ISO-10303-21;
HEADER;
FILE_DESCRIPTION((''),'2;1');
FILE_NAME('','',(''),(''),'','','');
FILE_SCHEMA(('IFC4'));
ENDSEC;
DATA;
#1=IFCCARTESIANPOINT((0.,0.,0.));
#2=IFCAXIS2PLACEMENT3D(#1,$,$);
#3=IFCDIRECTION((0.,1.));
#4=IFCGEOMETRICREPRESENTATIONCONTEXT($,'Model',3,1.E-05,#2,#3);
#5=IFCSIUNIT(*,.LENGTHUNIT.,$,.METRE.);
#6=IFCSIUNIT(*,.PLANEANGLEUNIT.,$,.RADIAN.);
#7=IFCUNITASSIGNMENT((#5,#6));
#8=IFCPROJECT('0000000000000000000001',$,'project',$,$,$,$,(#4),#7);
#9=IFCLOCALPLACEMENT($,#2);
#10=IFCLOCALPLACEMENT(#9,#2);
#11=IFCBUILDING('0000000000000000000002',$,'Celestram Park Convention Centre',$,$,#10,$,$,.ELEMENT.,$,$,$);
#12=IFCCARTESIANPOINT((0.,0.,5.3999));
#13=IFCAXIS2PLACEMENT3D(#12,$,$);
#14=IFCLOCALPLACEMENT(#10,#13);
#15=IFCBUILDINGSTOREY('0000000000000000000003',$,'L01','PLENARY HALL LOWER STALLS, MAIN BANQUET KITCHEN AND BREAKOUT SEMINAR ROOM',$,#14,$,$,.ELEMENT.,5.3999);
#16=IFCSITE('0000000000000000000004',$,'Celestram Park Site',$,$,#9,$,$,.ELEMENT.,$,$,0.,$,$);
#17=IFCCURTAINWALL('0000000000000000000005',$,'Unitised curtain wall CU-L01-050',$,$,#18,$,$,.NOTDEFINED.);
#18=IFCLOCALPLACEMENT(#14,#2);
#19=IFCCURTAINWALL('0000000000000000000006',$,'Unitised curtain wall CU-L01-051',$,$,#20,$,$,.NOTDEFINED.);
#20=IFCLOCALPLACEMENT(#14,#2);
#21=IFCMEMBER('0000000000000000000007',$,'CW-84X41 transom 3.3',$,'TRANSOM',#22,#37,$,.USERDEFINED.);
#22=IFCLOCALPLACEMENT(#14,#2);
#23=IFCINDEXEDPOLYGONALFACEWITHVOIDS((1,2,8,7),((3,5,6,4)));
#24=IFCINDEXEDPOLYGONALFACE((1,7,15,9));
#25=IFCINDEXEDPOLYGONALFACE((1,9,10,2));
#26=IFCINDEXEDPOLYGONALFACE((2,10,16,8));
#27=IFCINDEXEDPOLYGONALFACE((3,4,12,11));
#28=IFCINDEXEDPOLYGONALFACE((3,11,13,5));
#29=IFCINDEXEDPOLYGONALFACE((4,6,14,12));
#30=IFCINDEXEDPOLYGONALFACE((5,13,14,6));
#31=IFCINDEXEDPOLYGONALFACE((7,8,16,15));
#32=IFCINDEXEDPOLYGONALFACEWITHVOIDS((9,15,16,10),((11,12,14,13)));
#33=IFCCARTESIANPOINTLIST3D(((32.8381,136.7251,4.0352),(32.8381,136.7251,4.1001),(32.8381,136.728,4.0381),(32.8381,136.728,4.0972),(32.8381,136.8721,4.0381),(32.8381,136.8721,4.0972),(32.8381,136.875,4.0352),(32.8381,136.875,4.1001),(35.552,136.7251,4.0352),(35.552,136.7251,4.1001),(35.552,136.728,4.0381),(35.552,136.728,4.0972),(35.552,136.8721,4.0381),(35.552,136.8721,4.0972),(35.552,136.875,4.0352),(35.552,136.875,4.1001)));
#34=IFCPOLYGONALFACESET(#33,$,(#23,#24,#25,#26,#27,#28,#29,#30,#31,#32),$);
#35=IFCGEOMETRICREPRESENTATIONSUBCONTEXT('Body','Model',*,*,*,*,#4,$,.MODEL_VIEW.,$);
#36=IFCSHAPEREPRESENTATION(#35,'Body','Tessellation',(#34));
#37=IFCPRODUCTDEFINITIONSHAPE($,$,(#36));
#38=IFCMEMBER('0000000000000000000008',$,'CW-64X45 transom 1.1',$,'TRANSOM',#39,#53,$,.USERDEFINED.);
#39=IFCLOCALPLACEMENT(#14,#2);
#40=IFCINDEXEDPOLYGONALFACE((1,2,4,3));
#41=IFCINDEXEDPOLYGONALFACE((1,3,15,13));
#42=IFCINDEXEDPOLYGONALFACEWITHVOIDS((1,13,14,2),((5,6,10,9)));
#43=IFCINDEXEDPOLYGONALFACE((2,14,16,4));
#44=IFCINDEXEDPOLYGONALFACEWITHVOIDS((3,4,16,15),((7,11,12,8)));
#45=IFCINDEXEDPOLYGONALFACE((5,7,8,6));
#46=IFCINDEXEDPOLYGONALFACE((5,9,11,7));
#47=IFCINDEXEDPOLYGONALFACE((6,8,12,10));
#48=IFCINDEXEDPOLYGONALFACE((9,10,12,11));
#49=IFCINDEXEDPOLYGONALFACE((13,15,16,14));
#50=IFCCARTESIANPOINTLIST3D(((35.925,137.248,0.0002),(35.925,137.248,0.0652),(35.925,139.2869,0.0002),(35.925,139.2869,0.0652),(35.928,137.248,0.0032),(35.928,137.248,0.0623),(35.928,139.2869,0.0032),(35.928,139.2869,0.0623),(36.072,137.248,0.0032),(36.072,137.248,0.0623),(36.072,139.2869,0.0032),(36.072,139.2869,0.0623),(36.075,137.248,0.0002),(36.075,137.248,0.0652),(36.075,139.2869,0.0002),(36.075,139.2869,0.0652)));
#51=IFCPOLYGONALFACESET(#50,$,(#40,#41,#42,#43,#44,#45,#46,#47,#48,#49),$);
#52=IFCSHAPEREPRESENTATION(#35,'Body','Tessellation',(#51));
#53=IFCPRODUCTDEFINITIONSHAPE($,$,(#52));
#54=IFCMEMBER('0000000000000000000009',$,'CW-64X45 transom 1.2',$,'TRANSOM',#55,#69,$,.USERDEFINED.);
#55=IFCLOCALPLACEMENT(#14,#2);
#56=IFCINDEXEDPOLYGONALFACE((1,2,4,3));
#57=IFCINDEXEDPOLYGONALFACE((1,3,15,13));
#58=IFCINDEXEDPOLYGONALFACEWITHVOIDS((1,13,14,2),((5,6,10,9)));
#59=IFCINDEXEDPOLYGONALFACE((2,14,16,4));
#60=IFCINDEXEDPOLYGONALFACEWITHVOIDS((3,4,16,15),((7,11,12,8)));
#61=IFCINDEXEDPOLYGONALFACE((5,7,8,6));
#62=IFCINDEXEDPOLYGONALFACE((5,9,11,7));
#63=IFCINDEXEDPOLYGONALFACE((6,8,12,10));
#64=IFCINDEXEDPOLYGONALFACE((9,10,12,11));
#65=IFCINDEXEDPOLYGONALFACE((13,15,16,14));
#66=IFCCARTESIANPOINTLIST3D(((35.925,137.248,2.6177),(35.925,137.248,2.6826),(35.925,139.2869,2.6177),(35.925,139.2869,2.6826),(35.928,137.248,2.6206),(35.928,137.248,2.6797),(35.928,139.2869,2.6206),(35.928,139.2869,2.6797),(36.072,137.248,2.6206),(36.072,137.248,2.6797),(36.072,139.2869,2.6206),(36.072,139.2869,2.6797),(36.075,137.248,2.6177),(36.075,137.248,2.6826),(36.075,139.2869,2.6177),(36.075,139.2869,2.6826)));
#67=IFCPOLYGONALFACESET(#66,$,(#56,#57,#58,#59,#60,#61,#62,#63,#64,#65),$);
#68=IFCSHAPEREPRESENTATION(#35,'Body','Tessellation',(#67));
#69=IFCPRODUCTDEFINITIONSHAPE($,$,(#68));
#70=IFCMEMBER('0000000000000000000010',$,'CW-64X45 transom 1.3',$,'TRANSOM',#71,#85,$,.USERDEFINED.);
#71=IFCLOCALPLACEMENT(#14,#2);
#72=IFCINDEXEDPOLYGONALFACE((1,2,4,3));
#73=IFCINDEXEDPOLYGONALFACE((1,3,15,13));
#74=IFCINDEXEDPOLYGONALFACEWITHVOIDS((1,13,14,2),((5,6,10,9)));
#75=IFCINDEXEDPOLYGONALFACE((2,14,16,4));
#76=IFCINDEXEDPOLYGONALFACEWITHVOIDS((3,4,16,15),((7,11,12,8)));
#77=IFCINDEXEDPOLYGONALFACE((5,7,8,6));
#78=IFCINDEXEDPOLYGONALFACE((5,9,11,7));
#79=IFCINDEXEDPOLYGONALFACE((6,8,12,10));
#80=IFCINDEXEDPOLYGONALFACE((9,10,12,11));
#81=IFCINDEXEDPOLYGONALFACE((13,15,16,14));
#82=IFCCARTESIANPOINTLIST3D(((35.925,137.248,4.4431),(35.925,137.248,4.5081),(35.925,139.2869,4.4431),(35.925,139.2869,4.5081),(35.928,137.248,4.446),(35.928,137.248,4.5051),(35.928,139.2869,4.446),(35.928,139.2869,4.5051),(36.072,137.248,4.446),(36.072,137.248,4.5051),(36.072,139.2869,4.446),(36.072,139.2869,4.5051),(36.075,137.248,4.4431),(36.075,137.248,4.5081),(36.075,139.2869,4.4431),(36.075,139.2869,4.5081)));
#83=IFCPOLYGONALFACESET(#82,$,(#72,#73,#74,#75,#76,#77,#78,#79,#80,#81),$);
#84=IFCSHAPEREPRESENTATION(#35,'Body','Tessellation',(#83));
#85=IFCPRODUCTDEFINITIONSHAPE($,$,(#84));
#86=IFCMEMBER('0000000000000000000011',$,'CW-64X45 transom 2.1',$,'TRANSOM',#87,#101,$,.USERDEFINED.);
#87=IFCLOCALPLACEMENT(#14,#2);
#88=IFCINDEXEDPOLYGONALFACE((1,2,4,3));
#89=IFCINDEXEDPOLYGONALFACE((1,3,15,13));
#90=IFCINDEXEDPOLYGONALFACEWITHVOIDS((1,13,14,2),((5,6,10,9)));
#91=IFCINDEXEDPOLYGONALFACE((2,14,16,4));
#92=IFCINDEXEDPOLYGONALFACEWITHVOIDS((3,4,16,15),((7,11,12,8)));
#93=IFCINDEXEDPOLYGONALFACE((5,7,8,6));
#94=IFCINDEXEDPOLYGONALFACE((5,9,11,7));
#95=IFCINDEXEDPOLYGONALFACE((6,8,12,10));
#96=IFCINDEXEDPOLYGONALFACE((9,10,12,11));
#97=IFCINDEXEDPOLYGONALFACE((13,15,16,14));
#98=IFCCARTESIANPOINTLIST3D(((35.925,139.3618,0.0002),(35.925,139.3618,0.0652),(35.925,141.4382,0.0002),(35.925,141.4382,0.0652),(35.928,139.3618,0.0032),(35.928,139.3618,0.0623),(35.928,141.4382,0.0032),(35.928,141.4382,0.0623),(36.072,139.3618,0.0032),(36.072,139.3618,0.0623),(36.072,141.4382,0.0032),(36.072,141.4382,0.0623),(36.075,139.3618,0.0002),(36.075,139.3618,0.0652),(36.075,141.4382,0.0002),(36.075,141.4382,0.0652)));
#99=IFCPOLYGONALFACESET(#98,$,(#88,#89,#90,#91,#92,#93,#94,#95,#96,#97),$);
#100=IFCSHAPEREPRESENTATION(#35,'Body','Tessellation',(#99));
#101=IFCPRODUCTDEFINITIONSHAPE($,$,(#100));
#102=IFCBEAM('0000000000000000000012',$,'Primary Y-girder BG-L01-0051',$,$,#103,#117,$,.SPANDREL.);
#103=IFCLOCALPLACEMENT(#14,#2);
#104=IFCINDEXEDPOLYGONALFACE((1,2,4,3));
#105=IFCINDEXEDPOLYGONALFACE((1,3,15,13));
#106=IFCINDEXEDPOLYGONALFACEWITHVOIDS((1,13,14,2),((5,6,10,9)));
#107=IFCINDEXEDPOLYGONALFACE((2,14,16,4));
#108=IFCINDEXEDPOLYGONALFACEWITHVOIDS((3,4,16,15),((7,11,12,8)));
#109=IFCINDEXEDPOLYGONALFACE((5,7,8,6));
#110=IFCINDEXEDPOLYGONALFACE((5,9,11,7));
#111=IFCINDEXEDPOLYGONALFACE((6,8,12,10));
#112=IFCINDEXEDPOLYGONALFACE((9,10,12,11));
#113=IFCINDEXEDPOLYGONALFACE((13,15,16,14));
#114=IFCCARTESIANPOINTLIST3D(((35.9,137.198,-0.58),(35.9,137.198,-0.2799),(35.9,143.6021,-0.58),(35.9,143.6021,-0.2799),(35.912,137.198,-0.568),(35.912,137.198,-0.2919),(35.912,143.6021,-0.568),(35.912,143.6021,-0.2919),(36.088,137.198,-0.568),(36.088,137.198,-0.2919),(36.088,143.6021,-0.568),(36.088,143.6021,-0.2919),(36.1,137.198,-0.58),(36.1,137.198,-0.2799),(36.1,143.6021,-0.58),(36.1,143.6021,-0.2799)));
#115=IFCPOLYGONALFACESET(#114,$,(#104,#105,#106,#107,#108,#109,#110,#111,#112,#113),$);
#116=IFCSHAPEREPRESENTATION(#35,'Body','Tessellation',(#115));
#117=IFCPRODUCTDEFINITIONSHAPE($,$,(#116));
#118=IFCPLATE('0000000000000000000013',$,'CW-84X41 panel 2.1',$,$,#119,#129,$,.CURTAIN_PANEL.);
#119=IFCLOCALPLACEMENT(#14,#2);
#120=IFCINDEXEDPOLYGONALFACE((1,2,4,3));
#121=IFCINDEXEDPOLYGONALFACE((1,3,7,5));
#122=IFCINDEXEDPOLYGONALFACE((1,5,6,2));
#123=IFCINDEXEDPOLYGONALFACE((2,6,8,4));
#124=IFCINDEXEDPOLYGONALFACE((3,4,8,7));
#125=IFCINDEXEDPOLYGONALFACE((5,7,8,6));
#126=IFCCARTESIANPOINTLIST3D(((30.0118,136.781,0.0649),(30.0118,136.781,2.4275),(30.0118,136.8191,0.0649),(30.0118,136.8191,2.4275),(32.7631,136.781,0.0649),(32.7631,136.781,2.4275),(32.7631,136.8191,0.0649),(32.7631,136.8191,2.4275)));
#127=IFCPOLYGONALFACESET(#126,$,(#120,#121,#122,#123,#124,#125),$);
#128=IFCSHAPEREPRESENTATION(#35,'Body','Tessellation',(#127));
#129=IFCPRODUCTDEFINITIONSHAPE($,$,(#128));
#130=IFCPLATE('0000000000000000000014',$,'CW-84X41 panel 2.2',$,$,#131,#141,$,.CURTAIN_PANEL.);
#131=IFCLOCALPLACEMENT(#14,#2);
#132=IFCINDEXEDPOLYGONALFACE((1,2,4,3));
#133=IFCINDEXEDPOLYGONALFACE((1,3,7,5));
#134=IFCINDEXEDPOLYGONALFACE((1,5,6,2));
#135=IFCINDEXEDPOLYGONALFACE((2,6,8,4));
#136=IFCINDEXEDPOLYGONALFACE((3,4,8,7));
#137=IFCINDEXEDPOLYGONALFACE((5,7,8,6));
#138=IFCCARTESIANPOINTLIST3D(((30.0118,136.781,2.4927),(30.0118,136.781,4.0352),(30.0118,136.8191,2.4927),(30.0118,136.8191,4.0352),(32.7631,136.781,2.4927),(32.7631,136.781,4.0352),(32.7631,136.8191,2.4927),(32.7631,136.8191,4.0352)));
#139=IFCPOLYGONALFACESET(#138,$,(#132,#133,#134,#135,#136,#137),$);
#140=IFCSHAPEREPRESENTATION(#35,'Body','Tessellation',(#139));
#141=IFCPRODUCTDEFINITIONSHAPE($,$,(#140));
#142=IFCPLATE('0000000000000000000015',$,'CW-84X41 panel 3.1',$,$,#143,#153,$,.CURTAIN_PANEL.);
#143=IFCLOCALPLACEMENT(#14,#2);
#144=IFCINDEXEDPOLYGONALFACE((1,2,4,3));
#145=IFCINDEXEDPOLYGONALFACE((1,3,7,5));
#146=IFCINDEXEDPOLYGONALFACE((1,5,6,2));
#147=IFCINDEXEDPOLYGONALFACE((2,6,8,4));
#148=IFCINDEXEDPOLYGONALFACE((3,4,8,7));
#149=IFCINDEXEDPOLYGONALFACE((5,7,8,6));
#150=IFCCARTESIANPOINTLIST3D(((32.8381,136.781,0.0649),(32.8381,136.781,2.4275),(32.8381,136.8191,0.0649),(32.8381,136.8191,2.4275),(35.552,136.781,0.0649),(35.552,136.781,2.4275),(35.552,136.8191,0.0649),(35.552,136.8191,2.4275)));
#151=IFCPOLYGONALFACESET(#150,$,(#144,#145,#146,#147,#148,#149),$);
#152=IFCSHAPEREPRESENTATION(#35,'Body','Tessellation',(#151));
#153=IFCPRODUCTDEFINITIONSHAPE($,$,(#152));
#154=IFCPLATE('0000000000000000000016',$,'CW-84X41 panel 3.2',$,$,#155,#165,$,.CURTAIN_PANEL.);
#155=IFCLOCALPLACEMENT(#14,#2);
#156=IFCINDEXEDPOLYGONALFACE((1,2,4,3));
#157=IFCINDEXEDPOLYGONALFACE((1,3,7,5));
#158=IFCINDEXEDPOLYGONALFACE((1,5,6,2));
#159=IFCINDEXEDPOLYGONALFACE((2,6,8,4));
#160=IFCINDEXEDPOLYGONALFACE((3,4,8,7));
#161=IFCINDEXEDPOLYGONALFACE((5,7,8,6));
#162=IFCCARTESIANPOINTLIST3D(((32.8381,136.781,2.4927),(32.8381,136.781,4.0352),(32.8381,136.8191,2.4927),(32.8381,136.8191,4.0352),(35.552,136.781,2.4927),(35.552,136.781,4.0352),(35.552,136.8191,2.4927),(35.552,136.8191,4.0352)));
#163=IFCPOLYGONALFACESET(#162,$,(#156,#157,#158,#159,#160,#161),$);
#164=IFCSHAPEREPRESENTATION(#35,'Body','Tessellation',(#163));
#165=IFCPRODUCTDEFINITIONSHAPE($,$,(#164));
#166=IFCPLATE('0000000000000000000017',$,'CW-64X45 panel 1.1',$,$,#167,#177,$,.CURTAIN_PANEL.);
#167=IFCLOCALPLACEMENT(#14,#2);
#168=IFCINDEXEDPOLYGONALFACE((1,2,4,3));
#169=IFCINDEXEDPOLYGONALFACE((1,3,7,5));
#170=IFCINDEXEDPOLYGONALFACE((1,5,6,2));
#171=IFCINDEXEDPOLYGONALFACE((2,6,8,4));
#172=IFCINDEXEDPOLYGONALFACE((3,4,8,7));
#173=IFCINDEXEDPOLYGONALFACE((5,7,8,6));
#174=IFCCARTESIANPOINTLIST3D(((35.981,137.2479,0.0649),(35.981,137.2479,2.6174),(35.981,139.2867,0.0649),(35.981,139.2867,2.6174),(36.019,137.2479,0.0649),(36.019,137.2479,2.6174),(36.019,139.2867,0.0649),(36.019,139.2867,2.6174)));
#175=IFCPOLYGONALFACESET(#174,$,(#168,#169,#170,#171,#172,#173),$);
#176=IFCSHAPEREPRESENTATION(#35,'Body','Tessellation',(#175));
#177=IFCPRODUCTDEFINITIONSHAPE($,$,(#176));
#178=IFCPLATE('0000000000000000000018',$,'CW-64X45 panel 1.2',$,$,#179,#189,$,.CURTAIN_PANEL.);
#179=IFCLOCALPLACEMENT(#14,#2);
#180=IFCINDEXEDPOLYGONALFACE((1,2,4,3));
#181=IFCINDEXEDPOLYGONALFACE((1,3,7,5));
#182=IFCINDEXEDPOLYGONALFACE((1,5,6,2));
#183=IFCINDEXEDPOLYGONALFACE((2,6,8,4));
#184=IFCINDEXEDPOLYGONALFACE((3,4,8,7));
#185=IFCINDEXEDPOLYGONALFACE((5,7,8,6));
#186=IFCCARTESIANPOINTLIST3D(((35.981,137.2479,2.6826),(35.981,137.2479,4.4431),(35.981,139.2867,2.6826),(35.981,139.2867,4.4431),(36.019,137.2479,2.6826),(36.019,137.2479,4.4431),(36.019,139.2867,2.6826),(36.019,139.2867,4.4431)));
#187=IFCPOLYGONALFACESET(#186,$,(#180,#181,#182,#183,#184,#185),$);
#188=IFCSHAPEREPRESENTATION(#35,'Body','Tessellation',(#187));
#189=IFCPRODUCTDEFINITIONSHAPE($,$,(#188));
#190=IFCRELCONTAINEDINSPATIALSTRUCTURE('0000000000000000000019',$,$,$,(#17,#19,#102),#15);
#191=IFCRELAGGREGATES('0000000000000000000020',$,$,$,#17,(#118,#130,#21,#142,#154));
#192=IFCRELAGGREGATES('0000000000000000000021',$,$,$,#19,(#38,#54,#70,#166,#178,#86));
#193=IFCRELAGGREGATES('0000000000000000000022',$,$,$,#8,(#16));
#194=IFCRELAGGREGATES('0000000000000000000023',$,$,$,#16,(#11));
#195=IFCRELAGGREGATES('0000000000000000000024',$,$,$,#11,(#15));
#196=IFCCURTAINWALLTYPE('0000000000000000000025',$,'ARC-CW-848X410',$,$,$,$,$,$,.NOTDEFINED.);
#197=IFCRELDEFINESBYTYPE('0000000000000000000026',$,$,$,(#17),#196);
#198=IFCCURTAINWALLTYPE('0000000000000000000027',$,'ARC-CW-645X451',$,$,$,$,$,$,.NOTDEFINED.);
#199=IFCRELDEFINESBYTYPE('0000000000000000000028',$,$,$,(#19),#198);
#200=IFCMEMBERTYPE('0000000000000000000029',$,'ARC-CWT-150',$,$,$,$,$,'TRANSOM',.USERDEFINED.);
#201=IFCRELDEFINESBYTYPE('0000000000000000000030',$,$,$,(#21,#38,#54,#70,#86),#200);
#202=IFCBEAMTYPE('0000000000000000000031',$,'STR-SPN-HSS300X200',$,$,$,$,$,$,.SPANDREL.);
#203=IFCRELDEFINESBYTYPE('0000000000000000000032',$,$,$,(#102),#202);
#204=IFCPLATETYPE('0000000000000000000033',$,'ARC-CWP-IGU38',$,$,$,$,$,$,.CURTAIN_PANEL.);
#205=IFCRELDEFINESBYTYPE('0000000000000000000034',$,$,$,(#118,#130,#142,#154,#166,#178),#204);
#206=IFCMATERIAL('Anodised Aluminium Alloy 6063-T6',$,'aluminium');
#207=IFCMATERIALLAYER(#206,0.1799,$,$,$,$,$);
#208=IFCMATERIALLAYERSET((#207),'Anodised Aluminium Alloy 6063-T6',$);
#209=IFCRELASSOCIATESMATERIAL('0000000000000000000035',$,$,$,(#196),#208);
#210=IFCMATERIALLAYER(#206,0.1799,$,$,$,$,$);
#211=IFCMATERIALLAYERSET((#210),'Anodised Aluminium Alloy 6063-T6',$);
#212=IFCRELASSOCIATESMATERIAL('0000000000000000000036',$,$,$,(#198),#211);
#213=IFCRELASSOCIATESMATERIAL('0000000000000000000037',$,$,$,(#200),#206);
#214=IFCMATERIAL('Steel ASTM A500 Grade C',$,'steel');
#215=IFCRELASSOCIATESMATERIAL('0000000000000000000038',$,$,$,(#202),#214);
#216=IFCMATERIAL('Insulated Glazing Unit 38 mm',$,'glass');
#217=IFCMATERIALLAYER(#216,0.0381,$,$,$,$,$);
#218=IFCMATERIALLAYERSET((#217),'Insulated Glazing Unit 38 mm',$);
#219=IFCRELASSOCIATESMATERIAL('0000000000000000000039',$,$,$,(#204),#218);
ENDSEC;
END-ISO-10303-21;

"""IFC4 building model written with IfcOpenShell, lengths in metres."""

from ifc_helpers import new_model, si_unit, direction, frame, origin, origin_2d, place, context, subcontext, project, spatial, rectangle, hollow_rectangle, extrude, material, layer, layer_set, material_profile, profile_set, type_object, element, aggregate, save


model = new_model("IFC4")

# Units and contexts
model_context = context("Model", 3, precision=1e-05, world=origin(), true_north=direction((0.0, 1.0)))
body_context = subcontext(model_context, "Body", "Model", "MODEL_VIEW")
ifc_project = project(units=[si_unit("LENGTHUNIT", "METRE"), si_unit("PLANEANGLEUNIT", "RADIAN")], contexts=[model_context])

# Site, building, storey
site_placement = place(None, origin())
site = spatial("IfcSite", under=ifc_project, at=site_placement, Name="Celestram Park Site", CompositionType="ELEMENT", RefElevation=0.0)
building_placement = place(site_placement, origin())
building = spatial("IfcBuilding", under=site, at=building_placement, Name="Celestram Park Convention Centre", CompositionType="ELEMENT")
storey_placement = place(building_placement, frame((0.0, 0.0, 5.3999)))
storey = spatial("IfcBuildingStorey", under=building, at=storey_placement, Name="L01", Description="PLENARY HALL LOWER STALLS, MAIN BANQUET KITCHEN AND BREAKOUT SEMINAR ROOM", CompositionType="ELEMENT", Elevation=5.3999)

# Shared definitions
ifc_material_1 = material(Name="Steel ASTM A500 Grade C", Category="steel")

# Curtain walls
ifc_material_2 = material(Name="Anodised Aluminium Alloy 6063-T6", Category="aluminium")
ifc_layer_1 = layer(ifc_material_2, 0.1799)
ifc_layer_set_1 = layer_set([ifc_layer_1], Name="Anodised Aluminium Alloy 6063-T6")
curtain_wall_type_1 = type_object("IfcCurtainWallType", Name="ARC-CW-848X410", PredefinedType="NOTDEFINED", material=ifc_layer_set_1)
curtain_wall_1_placement = place(storey_placement, origin())
curtain_wall_1 = element("IfcCurtainWall", 1, at=curtain_wall_1_placement, inside=storey, type_object=curtain_wall_type_1, Name="Unitised curtain wall CU-L01-050", PredefinedType="NOTDEFINED")
ifc_layer_2 = layer(ifc_material_2, 0.1799)
ifc_layer_set_2 = layer_set([ifc_layer_2], Name="Anodised Aluminium Alloy 6063-T6")
curtain_wall_type_2 = type_object("IfcCurtainWallType", Name="ARC-CW-645X451", PredefinedType="NOTDEFINED", material=ifc_layer_set_2)
curtain_wall_2_placement = place(storey_placement, origin())
curtain_wall_2 = element("IfcCurtainWall", 2, at=curtain_wall_2_placement, inside=storey, type_object=curtain_wall_type_2, Name="Unitised curtain wall CU-L01-051", PredefinedType="NOTDEFINED")

# Members
ifc_material_profile_1 = material_profile(ifc_material_2, hollow_rectangle(XDim=0.1499, YDim=0.0649, WallThickness=0.0029, at=origin_2d()), Name="ALU150X65X3")
ifc_profile_set_1 = profile_set([ifc_material_profile_1], Name="Anodised Aluminium Alloy 6063-T6")
member_type_1 = type_object("IfcMemberType", Name="ARC-CWT-150", ElementType="TRANSOM", PredefinedType="USERDEFINED", material=ifc_profile_set_1)
member_1_placement = place(storey_placement, frame((32.8381, 136.8, 4.0676), z_axis=(1.0, 0.0, 0.0), x_axis=(0.0, 1.0, 0.0)))
member_1 = element("IfcMember", 3, at=member_1_placement, type_object=member_type_1, Name="CW-84X41 transom 3.3", ObjectType="TRANSOM", PredefinedType="USERDEFINED", context=body_context, shape_type="SweptSolid", body=[
    extrude(hollow_rectangle(XDim=0.1499, YDim=0.0649, WallThickness=0.0029, at=origin_2d()), origin(), (0.0, 0.0, 1.0), 2.7139),
])
member_2_placement = place(storey_placement, frame((36.0, 137.248, 0.0327), z_axis=(0.0, 1.0, 0.0), x_axis=(-1.0, 0.0, 0.0)))
member_2 = element("IfcMember", 4, at=member_2_placement, type_object=member_type_1, Name="CW-64X45 transom 1.1", ObjectType="TRANSOM", PredefinedType="USERDEFINED", context=body_context, shape_type="SweptSolid", body=[
    extrude(hollow_rectangle(XDim=0.1499, YDim=0.0649, WallThickness=0.0029, at=origin_2d()), origin(), (0.0, 0.0, 1.0), 2.0388),
])
member_3_placement = place(storey_placement, frame((36.0, 137.248, 2.6501), z_axis=(0.0, 1.0, 0.0), x_axis=(-1.0, 0.0, 0.0)))
member_3 = element("IfcMember", 5, at=member_3_placement, type_object=member_type_1, Name="CW-64X45 transom 1.2", ObjectType="TRANSOM", PredefinedType="USERDEFINED", context=body_context, shape_type="SweptSolid", body=[
    extrude(hollow_rectangle(XDim=0.1499, YDim=0.0649, WallThickness=0.0029, at=origin_2d()), origin(), (0.0, 0.0, 1.0), 2.0388),
])
member_4_placement = place(storey_placement, frame((36.0, 137.248, 4.4756), z_axis=(0.0, 1.0, 0.0), x_axis=(-1.0, 0.0, 0.0)))
member_4 = element("IfcMember", 6, at=member_4_placement, type_object=member_type_1, Name="CW-64X45 transom 1.3", ObjectType="TRANSOM", PredefinedType="USERDEFINED", context=body_context, shape_type="SweptSolid", body=[
    extrude(hollow_rectangle(XDim=0.1499, YDim=0.0649, WallThickness=0.0029, at=origin_2d()), origin(), (0.0, 0.0, 1.0), 2.0388),
])
member_5_placement = place(storey_placement, frame((36.0, 139.3618, 0.0327), z_axis=(0.0, 1.0, 0.0), x_axis=(-1.0, 0.0, 0.0)))
member_5 = element("IfcMember", 7, at=member_5_placement, type_object=member_type_1, Name="CW-64X45 transom 2.1", ObjectType="TRANSOM", PredefinedType="USERDEFINED", context=body_context, shape_type="SweptSolid", body=[
    extrude(hollow_rectangle(XDim=0.1499, YDim=0.0649, WallThickness=0.0029, at=origin_2d()), origin(), (0.0, 0.0, 1.0), 2.0764),
])

# Beam
ifc_material_profile_2 = material_profile(ifc_material_1, hollow_rectangle(XDim=0.2, YDim=0.3, WallThickness=0.012, at=origin_2d()), Name="HSS300X200X12")
ifc_profile_set_2 = profile_set([ifc_material_profile_2], Name="Steel ASTM A500 Grade C")
beam_type = type_object("IfcBeamType", Name="STR-SPN-HSS300X200", PredefinedType="SPANDREL", material=ifc_profile_set_2)
beam_placement = place(storey_placement, frame((36.0, 137.198, -0.4299), z_axis=(0.0, 1.0, 0.0), x_axis=(-1.0, 0.0, 0.0)))
element("IfcBeam", 8, at=beam_placement, inside=storey, type_object=beam_type, Name="Primary Y-girder BG-L01-0051", PredefinedType="SPANDREL", context=body_context, shape_type="SweptSolid", body=[
    extrude(hollow_rectangle(XDim=0.2, YDim=0.3, WallThickness=0.012, at=origin_2d()), origin(), (0.0, 0.0, 1.0), 6.4041),
])

# Plates
ifc_material_3 = material(Name="Insulated Glazing Unit 38 mm", Category="glass")
ifc_layer_3 = layer(ifc_material_3, 0.0381)
ifc_layer_set_3 = layer_set([ifc_layer_3], Name="Insulated Glazing Unit 38 mm")
plate_type_1 = type_object("IfcPlateType", Name="ARC-CWP-IGU38", PredefinedType="CURTAIN_PANEL", material=ifc_layer_set_3)
plate_1_placement = place(storey_placement, frame((31.3875, 136.8, 0.0649), z_axis=(0.0, 0.0, 1.0), x_axis=(1.0, 0.0, 0.0)))
plate_1 = element("IfcPlate", 9, at=plate_1_placement, type_object=plate_type_1, Name="CW-84X41 panel 2.1", PredefinedType="CURTAIN_PANEL", context=body_context, shape_type="SweptSolid", body=[
    extrude(rectangle(XDim=2.7512, YDim=0.0381, at=origin_2d()), origin(), (0.0, 0.0, 1.0), 2.3625),
])
plate_2_placement = place(storey_placement, frame((31.3875, 136.8, 2.4927), z_axis=(0.0, 0.0, 1.0), x_axis=(1.0, 0.0, 0.0)))
plate_2 = element("IfcPlate", 10, at=plate_2_placement, type_object=plate_type_1, Name="CW-84X41 panel 2.2", PredefinedType="CURTAIN_PANEL", context=body_context, shape_type="SweptSolid", body=[
    extrude(rectangle(XDim=2.7512, YDim=0.0381, at=origin_2d()), origin(), (0.0, 0.0, 1.0), 1.5425),
])
plate_3_placement = place(storey_placement, frame((34.1951, 136.8, 0.0649), z_axis=(0.0, 0.0, 1.0), x_axis=(1.0, 0.0, 0.0)))
plate_3 = element("IfcPlate", 11, at=plate_3_placement, type_object=plate_type_1, Name="CW-84X41 panel 3.1", PredefinedType="CURTAIN_PANEL", context=body_context, shape_type="SweptSolid", body=[
    extrude(rectangle(XDim=2.7139, YDim=0.0381, at=origin_2d()), origin(), (0.0, 0.0, 1.0), 2.3625),
])
plate_4_placement = place(storey_placement, frame((34.1951, 136.8, 2.4927), z_axis=(0.0, 0.0, 1.0), x_axis=(1.0, 0.0, 0.0)))
plate_4 = element("IfcPlate", 12, at=plate_4_placement, type_object=plate_type_1, Name="CW-84X41 panel 3.2", PredefinedType="CURTAIN_PANEL", context=body_context, shape_type="SweptSolid", body=[
    extrude(rectangle(XDim=2.7139, YDim=0.0381, at=origin_2d()), origin(), (0.0, 0.0, 1.0), 1.5425),
])
aggregate(curtain_wall_1, [plate_1, plate_2, member_1, plate_3, plate_4])
plate_5_placement = place(storey_placement, frame((36.0, 138.2673, 0.0649), z_axis=(0.0, 0.0, 1.0), x_axis=(0.0, 1.0, 0.0)))
plate_5 = element("IfcPlate", 13, at=plate_5_placement, type_object=plate_type_1, Name="CW-64X45 panel 1.1", PredefinedType="CURTAIN_PANEL", context=body_context, shape_type="SweptSolid", body=[
    extrude(rectangle(XDim=2.0388, YDim=0.0381, at=origin_2d()), origin(), (0.0, 0.0, 1.0), 2.5525),
])
plate_6_placement = place(storey_placement, frame((36.0, 138.2673, 2.6826), z_axis=(0.0, 0.0, 1.0), x_axis=(0.0, 1.0, 0.0)))
plate_6 = element("IfcPlate", 14, at=plate_6_placement, type_object=plate_type_1, Name="CW-64X45 panel 1.2", PredefinedType="CURTAIN_PANEL", context=body_context, shape_type="SweptSolid", body=[
    extrude(rectangle(XDim=2.0388, YDim=0.0381, at=origin_2d()), origin(), (0.0, 0.0, 1.0), 1.7605),
])
aggregate(curtain_wall_2, [member_2, member_3, member_4, plate_5, plate_6, member_5])

save(model, "model.ifc")
